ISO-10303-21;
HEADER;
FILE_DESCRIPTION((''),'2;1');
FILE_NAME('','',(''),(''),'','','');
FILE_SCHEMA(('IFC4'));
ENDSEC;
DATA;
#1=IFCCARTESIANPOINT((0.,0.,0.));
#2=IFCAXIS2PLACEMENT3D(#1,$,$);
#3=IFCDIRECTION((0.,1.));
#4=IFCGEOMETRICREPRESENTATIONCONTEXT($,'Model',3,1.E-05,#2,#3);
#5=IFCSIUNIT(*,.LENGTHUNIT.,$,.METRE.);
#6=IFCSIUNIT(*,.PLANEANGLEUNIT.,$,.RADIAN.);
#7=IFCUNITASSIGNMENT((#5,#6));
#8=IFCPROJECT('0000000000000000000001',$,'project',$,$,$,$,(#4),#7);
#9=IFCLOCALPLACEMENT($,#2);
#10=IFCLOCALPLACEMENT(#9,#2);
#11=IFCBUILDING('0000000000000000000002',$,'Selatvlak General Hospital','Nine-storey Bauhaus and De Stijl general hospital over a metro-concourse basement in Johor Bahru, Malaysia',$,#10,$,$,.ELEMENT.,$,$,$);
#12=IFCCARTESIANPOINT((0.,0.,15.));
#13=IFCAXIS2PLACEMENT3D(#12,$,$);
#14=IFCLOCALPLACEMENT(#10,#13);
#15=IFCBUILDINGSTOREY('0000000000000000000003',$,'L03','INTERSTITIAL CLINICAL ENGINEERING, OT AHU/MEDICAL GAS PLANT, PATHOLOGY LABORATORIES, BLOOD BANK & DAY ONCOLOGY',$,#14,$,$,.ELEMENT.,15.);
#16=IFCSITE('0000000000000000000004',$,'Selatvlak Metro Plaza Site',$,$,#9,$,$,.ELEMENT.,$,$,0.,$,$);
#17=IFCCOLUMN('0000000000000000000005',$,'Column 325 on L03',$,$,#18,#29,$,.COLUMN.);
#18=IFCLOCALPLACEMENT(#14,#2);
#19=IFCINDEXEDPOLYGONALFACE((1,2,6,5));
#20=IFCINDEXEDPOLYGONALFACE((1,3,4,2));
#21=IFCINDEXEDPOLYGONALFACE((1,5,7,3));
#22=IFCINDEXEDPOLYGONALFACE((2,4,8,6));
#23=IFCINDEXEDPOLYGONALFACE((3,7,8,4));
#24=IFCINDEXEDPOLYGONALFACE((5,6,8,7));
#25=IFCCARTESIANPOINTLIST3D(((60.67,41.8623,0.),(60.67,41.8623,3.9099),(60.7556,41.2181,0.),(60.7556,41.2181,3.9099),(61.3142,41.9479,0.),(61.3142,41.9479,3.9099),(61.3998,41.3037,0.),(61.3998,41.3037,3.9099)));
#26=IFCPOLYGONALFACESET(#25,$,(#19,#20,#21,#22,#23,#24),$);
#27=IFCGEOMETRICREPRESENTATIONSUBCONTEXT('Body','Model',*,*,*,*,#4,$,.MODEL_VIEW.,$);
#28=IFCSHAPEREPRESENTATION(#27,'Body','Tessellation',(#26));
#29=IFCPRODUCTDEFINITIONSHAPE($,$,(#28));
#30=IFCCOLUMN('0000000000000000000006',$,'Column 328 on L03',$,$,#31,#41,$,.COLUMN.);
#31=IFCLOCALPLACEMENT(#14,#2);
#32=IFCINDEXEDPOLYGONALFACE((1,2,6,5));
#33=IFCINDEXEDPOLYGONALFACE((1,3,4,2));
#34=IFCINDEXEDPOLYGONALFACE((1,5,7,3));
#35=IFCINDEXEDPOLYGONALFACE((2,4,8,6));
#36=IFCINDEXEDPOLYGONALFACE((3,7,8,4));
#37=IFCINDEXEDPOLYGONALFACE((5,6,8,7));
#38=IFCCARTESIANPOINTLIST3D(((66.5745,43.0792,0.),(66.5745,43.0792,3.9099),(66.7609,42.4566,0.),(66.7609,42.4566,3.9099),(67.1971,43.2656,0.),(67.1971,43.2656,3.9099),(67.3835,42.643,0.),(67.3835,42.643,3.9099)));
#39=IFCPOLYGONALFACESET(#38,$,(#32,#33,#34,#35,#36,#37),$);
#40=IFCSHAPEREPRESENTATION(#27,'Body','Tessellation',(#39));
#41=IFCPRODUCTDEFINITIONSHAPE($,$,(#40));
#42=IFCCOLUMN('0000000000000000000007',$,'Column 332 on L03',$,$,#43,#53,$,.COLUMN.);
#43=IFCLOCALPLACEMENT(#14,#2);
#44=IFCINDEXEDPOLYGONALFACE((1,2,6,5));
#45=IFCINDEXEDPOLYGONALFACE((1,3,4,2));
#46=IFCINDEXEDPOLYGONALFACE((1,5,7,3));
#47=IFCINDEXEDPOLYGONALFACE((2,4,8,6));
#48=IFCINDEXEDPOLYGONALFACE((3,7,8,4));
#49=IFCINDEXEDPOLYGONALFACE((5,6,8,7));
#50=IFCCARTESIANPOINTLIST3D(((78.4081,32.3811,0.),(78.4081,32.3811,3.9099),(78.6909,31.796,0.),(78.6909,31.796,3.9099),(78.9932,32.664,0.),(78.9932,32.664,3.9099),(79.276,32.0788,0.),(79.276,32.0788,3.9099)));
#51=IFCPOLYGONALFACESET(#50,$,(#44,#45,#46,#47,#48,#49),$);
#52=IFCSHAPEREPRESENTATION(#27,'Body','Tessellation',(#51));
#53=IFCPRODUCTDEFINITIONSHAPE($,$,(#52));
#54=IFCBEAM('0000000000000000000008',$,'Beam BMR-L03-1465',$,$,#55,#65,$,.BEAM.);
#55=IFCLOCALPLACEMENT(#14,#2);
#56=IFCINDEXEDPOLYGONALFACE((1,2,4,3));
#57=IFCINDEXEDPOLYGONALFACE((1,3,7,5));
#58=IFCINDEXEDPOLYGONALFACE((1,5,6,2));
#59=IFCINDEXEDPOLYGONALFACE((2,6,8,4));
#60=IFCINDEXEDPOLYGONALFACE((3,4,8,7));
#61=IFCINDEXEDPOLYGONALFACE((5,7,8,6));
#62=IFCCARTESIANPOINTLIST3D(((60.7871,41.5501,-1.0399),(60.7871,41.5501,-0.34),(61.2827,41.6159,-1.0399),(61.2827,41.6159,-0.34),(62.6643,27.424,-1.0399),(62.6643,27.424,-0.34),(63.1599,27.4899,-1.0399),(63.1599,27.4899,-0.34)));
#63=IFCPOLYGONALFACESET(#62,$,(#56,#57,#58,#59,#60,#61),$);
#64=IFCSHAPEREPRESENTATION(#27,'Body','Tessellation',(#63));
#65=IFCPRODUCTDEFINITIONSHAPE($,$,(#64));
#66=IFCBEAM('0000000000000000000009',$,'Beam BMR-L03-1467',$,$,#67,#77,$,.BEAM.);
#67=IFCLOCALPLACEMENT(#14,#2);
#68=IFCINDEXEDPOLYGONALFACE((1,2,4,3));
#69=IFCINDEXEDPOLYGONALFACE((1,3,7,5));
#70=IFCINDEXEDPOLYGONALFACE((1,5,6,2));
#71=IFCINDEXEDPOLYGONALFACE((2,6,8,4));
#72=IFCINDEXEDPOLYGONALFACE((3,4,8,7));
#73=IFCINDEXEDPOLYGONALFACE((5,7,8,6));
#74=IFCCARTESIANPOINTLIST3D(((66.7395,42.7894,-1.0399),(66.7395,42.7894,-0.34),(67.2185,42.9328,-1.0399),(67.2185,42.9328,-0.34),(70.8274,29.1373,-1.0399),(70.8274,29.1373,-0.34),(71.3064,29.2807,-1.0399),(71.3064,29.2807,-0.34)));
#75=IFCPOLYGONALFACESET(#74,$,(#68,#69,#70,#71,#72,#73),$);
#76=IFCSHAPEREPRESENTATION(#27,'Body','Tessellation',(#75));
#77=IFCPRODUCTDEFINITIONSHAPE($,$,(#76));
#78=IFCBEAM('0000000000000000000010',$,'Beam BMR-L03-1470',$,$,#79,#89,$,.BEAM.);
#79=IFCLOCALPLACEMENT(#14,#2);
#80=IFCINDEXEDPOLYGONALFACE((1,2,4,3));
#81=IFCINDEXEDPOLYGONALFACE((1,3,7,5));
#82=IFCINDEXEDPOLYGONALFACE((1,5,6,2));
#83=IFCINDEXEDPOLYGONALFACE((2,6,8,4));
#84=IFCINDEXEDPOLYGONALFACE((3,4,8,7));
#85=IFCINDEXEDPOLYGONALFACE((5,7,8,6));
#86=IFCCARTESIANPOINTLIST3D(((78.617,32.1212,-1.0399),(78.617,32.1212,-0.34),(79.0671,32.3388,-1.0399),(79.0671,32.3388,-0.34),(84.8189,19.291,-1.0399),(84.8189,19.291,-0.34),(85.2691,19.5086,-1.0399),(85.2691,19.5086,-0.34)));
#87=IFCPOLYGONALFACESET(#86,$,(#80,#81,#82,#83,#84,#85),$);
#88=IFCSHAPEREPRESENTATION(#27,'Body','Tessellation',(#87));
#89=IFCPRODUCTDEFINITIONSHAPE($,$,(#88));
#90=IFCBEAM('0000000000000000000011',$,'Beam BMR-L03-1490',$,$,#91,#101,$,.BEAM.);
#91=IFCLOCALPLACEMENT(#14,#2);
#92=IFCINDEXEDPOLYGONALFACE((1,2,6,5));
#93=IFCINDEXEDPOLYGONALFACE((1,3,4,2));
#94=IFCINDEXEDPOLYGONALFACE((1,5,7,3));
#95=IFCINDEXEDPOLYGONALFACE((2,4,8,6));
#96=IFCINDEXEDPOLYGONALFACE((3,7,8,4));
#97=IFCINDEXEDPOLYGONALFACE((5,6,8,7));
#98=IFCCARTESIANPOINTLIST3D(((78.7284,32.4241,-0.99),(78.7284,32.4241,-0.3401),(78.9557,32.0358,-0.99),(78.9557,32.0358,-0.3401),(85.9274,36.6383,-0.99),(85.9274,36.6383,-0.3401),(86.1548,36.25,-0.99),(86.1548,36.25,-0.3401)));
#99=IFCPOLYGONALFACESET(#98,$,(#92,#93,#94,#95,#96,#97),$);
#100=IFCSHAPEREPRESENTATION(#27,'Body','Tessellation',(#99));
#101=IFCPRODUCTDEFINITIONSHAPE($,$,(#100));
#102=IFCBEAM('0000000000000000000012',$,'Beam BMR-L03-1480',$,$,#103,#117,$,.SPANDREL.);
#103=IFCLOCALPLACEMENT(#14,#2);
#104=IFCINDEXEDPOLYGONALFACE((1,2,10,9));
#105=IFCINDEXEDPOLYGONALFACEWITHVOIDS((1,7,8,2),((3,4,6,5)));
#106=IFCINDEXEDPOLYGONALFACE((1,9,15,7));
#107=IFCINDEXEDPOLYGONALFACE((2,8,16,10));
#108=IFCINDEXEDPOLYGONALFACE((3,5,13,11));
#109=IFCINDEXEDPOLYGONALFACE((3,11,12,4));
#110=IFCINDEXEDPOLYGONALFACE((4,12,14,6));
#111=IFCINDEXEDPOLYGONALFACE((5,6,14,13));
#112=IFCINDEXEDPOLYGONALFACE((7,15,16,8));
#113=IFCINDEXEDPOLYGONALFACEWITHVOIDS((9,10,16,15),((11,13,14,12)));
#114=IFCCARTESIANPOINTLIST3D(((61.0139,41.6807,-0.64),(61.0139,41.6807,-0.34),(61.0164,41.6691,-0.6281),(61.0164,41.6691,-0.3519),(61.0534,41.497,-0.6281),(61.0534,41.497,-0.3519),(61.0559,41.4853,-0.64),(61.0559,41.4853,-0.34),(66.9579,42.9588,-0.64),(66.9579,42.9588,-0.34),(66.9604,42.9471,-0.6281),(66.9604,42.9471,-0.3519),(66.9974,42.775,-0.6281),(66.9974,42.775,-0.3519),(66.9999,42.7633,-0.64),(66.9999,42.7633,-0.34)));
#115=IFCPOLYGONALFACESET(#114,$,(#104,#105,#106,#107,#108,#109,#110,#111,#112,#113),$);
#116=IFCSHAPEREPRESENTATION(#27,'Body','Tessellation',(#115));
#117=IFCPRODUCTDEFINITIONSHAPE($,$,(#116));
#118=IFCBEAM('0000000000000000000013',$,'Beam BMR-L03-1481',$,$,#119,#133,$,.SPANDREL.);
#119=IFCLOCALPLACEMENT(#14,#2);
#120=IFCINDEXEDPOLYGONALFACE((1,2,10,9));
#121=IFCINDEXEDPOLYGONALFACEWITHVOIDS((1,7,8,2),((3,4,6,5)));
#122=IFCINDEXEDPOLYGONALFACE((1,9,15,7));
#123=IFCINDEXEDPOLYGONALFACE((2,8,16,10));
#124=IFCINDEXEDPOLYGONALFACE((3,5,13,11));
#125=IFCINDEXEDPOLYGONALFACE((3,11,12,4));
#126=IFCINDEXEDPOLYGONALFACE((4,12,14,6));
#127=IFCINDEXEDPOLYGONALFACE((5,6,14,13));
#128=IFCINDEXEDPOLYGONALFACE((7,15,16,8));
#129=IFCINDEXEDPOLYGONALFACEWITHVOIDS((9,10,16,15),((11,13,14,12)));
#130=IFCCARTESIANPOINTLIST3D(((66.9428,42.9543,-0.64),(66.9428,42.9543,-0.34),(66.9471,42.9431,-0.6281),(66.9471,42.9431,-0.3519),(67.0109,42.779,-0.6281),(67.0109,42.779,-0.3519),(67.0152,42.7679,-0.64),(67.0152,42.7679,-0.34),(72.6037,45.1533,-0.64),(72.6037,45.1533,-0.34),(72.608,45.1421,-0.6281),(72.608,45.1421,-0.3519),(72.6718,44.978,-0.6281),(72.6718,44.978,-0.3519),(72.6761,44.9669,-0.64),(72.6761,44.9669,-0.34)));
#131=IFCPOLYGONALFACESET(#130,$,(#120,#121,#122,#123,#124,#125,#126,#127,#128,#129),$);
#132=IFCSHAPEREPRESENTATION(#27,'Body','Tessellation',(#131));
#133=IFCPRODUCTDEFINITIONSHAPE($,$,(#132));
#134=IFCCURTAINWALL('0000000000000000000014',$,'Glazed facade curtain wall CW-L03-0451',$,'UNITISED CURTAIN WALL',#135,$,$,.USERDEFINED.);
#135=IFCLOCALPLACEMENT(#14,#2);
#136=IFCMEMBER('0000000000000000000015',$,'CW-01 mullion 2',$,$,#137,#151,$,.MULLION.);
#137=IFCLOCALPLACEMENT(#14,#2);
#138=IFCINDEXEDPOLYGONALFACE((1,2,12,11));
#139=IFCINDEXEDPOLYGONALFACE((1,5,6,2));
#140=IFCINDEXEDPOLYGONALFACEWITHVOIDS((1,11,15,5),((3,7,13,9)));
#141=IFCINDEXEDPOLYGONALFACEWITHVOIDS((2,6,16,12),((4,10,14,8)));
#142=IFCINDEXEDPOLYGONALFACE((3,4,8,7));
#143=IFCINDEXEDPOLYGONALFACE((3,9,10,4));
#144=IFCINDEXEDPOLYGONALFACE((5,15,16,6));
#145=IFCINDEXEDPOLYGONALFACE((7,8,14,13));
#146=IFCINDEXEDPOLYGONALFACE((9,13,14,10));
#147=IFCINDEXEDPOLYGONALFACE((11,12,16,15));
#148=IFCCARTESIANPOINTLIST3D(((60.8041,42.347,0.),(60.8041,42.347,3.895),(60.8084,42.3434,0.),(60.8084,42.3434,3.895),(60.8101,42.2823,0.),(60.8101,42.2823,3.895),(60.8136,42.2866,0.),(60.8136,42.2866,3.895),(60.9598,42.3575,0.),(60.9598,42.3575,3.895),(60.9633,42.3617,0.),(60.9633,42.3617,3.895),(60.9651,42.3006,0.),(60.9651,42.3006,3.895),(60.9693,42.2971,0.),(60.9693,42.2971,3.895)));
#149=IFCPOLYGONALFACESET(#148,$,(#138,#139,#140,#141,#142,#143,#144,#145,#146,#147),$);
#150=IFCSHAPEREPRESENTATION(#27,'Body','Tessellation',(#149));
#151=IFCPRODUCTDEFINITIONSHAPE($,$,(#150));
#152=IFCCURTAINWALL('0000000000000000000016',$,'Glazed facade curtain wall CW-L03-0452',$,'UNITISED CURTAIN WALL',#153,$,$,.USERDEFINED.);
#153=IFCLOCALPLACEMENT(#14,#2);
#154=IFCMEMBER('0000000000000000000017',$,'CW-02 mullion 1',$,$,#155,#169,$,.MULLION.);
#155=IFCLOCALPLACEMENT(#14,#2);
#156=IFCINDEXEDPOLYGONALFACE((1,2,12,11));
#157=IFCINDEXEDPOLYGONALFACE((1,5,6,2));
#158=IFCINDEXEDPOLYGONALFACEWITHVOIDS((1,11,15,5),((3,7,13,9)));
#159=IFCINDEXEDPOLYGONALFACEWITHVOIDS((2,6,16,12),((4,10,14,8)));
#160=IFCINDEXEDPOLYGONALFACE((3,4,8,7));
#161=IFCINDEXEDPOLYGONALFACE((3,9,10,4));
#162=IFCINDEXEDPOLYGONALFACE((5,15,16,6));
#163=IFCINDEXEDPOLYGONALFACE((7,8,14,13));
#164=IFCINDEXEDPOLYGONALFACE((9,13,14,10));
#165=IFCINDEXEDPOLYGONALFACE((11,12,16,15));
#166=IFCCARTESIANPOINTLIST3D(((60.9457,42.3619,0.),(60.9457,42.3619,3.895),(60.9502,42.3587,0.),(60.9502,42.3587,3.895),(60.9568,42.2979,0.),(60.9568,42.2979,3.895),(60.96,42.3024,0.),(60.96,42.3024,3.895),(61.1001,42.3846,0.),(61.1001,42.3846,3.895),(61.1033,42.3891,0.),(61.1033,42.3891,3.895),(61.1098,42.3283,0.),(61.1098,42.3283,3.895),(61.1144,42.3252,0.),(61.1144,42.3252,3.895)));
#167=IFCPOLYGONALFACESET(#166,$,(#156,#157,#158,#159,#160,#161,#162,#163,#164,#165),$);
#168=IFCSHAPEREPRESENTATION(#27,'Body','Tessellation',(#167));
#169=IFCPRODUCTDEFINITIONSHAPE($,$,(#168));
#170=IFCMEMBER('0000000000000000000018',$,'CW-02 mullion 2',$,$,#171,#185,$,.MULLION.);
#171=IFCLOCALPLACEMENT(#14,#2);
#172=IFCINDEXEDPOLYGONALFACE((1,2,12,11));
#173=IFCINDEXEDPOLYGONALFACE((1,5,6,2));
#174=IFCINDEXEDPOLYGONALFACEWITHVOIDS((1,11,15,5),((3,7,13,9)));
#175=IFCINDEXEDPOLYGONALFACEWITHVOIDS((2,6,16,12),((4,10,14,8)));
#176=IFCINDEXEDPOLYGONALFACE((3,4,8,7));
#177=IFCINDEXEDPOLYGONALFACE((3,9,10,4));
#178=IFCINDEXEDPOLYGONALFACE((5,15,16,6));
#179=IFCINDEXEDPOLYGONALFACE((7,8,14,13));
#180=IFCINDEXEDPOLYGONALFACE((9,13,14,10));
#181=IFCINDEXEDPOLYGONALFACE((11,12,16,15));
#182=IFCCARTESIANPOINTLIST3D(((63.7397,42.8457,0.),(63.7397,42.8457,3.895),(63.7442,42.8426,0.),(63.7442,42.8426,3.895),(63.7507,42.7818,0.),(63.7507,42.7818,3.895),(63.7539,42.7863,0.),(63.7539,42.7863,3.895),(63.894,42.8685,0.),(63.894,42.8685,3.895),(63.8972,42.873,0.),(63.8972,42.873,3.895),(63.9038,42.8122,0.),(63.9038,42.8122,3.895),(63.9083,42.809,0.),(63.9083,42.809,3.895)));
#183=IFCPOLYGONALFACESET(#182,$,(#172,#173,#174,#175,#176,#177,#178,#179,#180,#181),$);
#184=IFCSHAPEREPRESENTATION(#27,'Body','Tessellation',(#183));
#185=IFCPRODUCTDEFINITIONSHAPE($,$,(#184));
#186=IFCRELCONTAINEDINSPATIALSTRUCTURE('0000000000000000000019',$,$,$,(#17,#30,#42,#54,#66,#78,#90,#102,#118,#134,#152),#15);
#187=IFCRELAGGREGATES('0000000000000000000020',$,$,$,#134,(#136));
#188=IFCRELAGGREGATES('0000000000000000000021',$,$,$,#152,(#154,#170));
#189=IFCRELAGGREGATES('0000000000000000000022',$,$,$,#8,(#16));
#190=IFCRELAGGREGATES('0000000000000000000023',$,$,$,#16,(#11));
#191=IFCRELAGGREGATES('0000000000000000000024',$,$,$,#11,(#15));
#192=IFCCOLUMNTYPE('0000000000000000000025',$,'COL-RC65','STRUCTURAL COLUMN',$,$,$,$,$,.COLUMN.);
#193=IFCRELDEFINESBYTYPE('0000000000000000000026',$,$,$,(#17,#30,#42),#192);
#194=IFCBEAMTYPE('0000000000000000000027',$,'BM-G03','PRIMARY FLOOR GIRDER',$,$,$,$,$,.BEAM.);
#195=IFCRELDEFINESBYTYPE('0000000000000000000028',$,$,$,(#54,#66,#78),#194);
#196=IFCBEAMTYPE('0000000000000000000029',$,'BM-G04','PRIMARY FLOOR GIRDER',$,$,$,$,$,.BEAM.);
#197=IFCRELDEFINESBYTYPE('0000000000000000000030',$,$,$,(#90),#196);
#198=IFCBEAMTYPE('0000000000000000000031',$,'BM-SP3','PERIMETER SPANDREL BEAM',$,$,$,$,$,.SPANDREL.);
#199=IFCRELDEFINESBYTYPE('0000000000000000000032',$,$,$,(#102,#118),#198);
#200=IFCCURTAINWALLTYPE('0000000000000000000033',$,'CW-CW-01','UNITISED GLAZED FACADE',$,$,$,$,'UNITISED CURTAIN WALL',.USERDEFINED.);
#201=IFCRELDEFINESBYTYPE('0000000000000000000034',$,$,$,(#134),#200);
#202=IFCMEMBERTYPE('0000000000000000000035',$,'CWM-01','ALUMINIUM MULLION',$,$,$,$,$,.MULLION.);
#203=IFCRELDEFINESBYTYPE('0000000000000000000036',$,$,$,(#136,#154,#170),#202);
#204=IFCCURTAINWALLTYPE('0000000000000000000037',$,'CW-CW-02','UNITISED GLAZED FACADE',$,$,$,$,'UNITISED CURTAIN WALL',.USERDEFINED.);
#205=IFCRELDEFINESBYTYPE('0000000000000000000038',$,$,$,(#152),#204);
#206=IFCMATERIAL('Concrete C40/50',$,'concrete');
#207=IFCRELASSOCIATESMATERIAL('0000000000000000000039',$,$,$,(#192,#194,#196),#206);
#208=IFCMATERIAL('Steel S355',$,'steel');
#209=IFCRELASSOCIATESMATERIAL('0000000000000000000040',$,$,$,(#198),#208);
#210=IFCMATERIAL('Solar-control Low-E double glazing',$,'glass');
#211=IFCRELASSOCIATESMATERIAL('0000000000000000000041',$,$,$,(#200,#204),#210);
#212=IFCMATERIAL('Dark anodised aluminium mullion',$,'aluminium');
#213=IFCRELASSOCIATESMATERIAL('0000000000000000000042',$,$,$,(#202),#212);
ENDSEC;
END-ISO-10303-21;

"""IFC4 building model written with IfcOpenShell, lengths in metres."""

from ifc_helpers import new_model, si_unit, direction, frame, origin, origin_2d, place, context, subcontext, project, spatial, rectangle, hollow_rectangle, extrude, material, material_profile, profile_set, type_object, element, aggregate, save


model = new_model("IFC4")

# Units and contexts
model_context = context("Model", 3, precision=1e-05, world=origin(), true_north=direction((0.0, 1.0)))
body_context = subcontext(model_context, "Body", "Model", "MODEL_VIEW")
ifc_project = project(units=[si_unit("LENGTHUNIT", "METRE"), si_unit("PLANEANGLEUNIT", "RADIAN")], contexts=[model_context])

# Site, building, storey
site_placement = place(None, origin())
site = spatial("IfcSite", under=ifc_project, at=site_placement, Name="Selatvlak Metro Plaza Site", CompositionType="ELEMENT", RefElevation=0.0)
building_placement = place(site_placement, origin())
building = spatial("IfcBuilding", under=site, at=building_placement, Name="Selatvlak General Hospital", Description="Nine-storey Bauhaus and De Stijl general hospital over a metro-concourse basement in Johor Bahru, Malaysia", CompositionType="ELEMENT")
storey_placement = place(building_placement, frame((0.0, 0.0, 15.0)))
storey = spatial("IfcBuildingStorey", under=building, at=storey_placement, Name="L03", Description="INTERSTITIAL CLINICAL ENGINEERING, OT AHU/MEDICAL GAS PLANT, PATHOLOGY LABORATORIES, BLOOD BANK & DAY ONCOLOGY", CompositionType="ELEMENT", Elevation=15.0)

# Columns
ifc_material_1 = material(Name="Concrete C40/50", Category="concrete")
ifc_material_profile_1 = material_profile(ifc_material_1, rectangle(XDim=0.6499, YDim=0.6499, at=origin_2d()), Name="RC-COL 650x650")
ifc_profile_set_1 = profile_set([ifc_material_profile_1], Name="Concrete C40/50")
column_type = type_object("IfcColumnType", Name="COL-RC65", Description="STRUCTURAL COLUMN", PredefinedType="COLUMN", material=ifc_profile_set_1)
for number, where, z_axis, x_axis, name in (
    (1, (61.0349, 41.583, 0.0), (0.0, 0.0, 1.0), (-0.131737, 0.991285, 0.0), "Column 325 on L03"),
    (2, (66.979, 42.8611, 0.0), (0.0, 0.0, 1.0), (-0.286859, 0.957973, 0.0), "Column 328 on L03"),
    (3, (78.842, 32.23, 0.0), (0.0, 0.0, 1.0), (-0.4352, 0.900334, 0.0), "Column 332 on L03"),
):
    element("IfcColumn", number, at=place(storey_placement, frame(where, z_axis=z_axis, x_axis=x_axis)), inside=storey, type_object=column_type, Name=name, PredefinedType="COLUMN", context=body_context, shape_type="SweptSolid", body=[
        extrude(rectangle(XDim=0.6499, YDim=0.6499, at=origin_2d()), origin(), (0.0, 0.0, 1.0), 3.9099),
    ])

# Beams
ifc_material_profile_2 = material_profile(ifc_material_1, rectangle(XDim=0.5, YDim=0.7, at=origin_2d()), Name="RC-BM 500x700")
ifc_profile_set_2 = profile_set([ifc_material_profile_2], Name="Concrete C40/50")
beam_type_1 = type_object("IfcBeamType", Name="BM-G03", Description="PRIMARY FLOOR GIRDER", PredefinedType="BEAM", material=ifc_profile_set_2)
beam_1_placement = place(storey_placement, frame((61.0349, 41.583, -0.6899), z_axis=(0.131732, -0.991285, 0.0), x_axis=(0.991285, 0.131732, 0.0)))
element("IfcBeam", 4, at=beam_1_placement, inside=storey, type_object=beam_type_1, Name="Beam BMR-L03-1465", PredefinedType="BEAM", context=body_context, shape_type="SweptSolid", body=[
    extrude(rectangle(XDim=0.5, YDim=0.7, at=origin_2d()), origin(), (0.0, 0.0, 1.0), 14.2502),
])
beam_2_placement = place(storey_placement, frame((66.979, 42.8611, -0.6899), z_axis=(0.28685, -0.957976, 0.0), x_axis=(0.957976, 0.28685, 0.0)))
element("IfcBeam", 5, at=beam_2_placement, inside=storey, type_object=beam_type_1, Name="Beam BMR-L03-1467", PredefinedType="BEAM", context=body_context, shape_type="SweptSolid", body=[
    extrude(rectangle(XDim=0.5, YDim=0.7, at=origin_2d()), origin(), (0.0, 0.0, 1.0), 14.251),
])
beam_3_placement = place(storey_placement, frame((78.842, 32.23, -0.6899), z_axis=(0.435208, -0.90033, 0.0), x_axis=(0.90033, 0.435208, 0.0)))
element("IfcBeam", 6, at=beam_3_placement, inside=storey, type_object=beam_type_1, Name="Beam BMR-L03-1470", PredefinedType="BEAM", context=body_context, shape_type="SweptSolid", body=[
    extrude(rectangle(XDim=0.5, YDim=0.7, at=origin_2d()), origin(), (0.0, 0.0, 1.0), 14.2505),
])
ifc_material_profile_3 = material_profile(ifc_material_1, rectangle(XDim=0.45, YDim=0.6499, at=origin_2d()), Name="RC-BM 450x650")
ifc_profile_set_3 = profile_set([ifc_material_profile_3], Name="Concrete C40/50")
beam_type_2 = type_object("IfcBeamType", Name="BM-G04", Description="PRIMARY FLOOR GIRDER", PredefinedType="BEAM", material=ifc_profile_set_3)
beam_4_placement = place(storey_placement, frame((78.842, 32.23, -0.665), z_axis=(0.86301, 0.505186, 0.0), x_axis=(-0.505186, 0.86301, 0.0)))
element("IfcBeam", 7, at=beam_4_placement, inside=storey, type_object=beam_type_2, Name="Beam BMR-L03-1490", PredefinedType="BEAM", context=body_context, shape_type="SweptSolid", body=[
    extrude(rectangle(XDim=0.45, YDim=0.6499, at=origin_2d()), origin(), (0.0, 0.0, 1.0), 8.3418),
])
ifc_material_2 = material(Name="Steel S355", Category="steel")
ifc_material_profile_4 = material_profile(ifc_material_2, hollow_rectangle(XDim=0.2, YDim=0.3, WallThickness=0.012, at=origin_2d()), Name="RHS 300x200x12")
ifc_profile_set_4 = profile_set([ifc_material_profile_4], Name="Steel S355")
beam_type_3 = type_object("IfcBeamType", Name="BM-SP3", Description="PERIMETER SPANDREL BEAM", PredefinedType="SPANDREL", material=ifc_profile_set_4)
beam_5_placement = place(storey_placement, frame((61.0349, 41.583, -0.49), z_axis=(0.977656, 0.210212, 0.0), x_axis=(-0.210212, 0.977656, 0.0)))
element("IfcBeam", 8, at=beam_5_placement, inside=storey, type_object=beam_type_3, Name="Beam BMR-L03-1480", PredefinedType="SPANDREL", context=body_context, shape_type="SweptSolid", body=[
    extrude(hollow_rectangle(XDim=0.2, YDim=0.3, WallThickness=0.012, at=origin_2d()), origin(), (0.0, 0.0, 1.0), 6.0798),
])
beam_6_placement = place(storey_placement, frame((66.979, 42.8611, -0.49), z_axis=(0.932143, 0.362091, 0.0), x_axis=(-0.362091, 0.932143, 0.0)))
element("IfcBeam", 9, at=beam_6_placement, inside=storey, type_object=beam_type_3, Name="Beam BMR-L03-1481", PredefinedType="SPANDREL", context=body_context, shape_type="SweptSolid", body=[
    extrude(hollow_rectangle(XDim=0.2, YDim=0.3, WallThickness=0.012, at=origin_2d()), origin(), (0.0, 0.0, 1.0), 6.073),
])

# Curtain wall, member
ifc_material_3 = material(Name="Solar-control Low-E double glazing", Category="glass")
curtain_wall_type_1 = type_object("IfcCurtainWallType", Name="CW-CW-01", Description="UNITISED GLAZED FACADE", ElementType="UNITISED CURTAIN WALL", PredefinedType="USERDEFINED", material=ifc_material_3)
curtain_wall_1_placement = place(storey_placement, origin())
curtain_wall_1 = element("IfcCurtainWall", 10, at=curtain_wall_1_placement, inside=storey, type_object=curtain_wall_type_1, Name="Glazed facade curtain wall CW-L03-0451", ObjectType="UNITISED CURTAIN WALL", PredefinedType="USERDEFINED")
ifc_material_4 = material(Name="Dark anodised aluminium mullion", Category="aluminium")
ifc_material_profile_5 = material_profile(ifc_material_4, hollow_rectangle(XDim=0.0649, YDim=0.1599, WallThickness=0.0039, at=origin_2d()), Name="AL-MUL 65x160x4")
ifc_profile_set_5 = profile_set([ifc_material_profile_5], Name="Dark anodised aluminium mullion")
member_type_1 = type_object("IfcMemberType", Name="CWM-01", Description="ALUMINIUM MULLION", PredefinedType="MULLION", material=ifc_profile_set_5)
member_1_placement = place(storey_placement, frame((60.8867, 42.322, 0.0), z_axis=(0.0, 0.0, 1.0), x_axis=(-0.092369, 0.995725, 0.0)))
member_1 = element("IfcMember", 11, at=member_1_placement, type_object=member_type_1, Name="CW-01 mullion 2", PredefinedType="MULLION", context=body_context, shape_type="SweptSolid", body=[
    extrude(hollow_rectangle(XDim=0.0649, YDim=0.1599, WallThickness=0.0039, at=origin_2d()), origin(), (0.0, 0.0, 1.0), 3.895),
])
aggregate(curtain_wall_1, [member_1])

# Curtain wall, members
curtain_wall_type_2 = type_object("IfcCurtainWallType", Name="CW-CW-02", Description="UNITISED GLAZED FACADE", ElementType="UNITISED CURTAIN WALL", PredefinedType="USERDEFINED", material=ifc_material_3)
curtain_wall_2_placement = place(storey_placement, origin())
curtain_wall_2 = element("IfcCurtainWall", 12, at=curtain_wall_2_placement, inside=storey, type_object=curtain_wall_type_2, Name="Glazed facade curtain wall CW-L03-0452", ObjectType="UNITISED CURTAIN WALL", PredefinedType="USERDEFINED")
member_2_placement = place(storey_placement, frame((61.03, 42.3435, 0.0), z_axis=(0.0, 0.0, 1.0), x_axis=(-0.170657, 0.98533, 0.0)))
member_2 = element("IfcMember", 13, at=member_2_placement, type_object=member_type_1, Name="CW-02 mullion 1", PredefinedType="MULLION", context=body_context, shape_type="SweptSolid", body=[
    extrude(hollow_rectangle(XDim=0.0649, YDim=0.1599, WallThickness=0.0039, at=origin_2d()), origin(), (0.0, 0.0, 1.0), 3.895),
])
member_3_placement = place(storey_placement, frame((63.824, 42.8274, 0.0), z_axis=(0.0, 0.0, 1.0), x_axis=(-0.170657, 0.98533, 0.0)))
member_3 = element("IfcMember", 14, at=member_3_placement, type_object=member_type_1, Name="CW-02 mullion 2", PredefinedType="MULLION", context=body_context, shape_type="SweptSolid", body=[
    extrude(hollow_rectangle(XDim=0.0649, YDim=0.1599, WallThickness=0.0039, at=origin_2d()), origin(), (0.0, 0.0, 1.0), 3.895),
])

aggregate(curtain_wall_2, [member_2, member_3])

save(model, "model.ifc")
